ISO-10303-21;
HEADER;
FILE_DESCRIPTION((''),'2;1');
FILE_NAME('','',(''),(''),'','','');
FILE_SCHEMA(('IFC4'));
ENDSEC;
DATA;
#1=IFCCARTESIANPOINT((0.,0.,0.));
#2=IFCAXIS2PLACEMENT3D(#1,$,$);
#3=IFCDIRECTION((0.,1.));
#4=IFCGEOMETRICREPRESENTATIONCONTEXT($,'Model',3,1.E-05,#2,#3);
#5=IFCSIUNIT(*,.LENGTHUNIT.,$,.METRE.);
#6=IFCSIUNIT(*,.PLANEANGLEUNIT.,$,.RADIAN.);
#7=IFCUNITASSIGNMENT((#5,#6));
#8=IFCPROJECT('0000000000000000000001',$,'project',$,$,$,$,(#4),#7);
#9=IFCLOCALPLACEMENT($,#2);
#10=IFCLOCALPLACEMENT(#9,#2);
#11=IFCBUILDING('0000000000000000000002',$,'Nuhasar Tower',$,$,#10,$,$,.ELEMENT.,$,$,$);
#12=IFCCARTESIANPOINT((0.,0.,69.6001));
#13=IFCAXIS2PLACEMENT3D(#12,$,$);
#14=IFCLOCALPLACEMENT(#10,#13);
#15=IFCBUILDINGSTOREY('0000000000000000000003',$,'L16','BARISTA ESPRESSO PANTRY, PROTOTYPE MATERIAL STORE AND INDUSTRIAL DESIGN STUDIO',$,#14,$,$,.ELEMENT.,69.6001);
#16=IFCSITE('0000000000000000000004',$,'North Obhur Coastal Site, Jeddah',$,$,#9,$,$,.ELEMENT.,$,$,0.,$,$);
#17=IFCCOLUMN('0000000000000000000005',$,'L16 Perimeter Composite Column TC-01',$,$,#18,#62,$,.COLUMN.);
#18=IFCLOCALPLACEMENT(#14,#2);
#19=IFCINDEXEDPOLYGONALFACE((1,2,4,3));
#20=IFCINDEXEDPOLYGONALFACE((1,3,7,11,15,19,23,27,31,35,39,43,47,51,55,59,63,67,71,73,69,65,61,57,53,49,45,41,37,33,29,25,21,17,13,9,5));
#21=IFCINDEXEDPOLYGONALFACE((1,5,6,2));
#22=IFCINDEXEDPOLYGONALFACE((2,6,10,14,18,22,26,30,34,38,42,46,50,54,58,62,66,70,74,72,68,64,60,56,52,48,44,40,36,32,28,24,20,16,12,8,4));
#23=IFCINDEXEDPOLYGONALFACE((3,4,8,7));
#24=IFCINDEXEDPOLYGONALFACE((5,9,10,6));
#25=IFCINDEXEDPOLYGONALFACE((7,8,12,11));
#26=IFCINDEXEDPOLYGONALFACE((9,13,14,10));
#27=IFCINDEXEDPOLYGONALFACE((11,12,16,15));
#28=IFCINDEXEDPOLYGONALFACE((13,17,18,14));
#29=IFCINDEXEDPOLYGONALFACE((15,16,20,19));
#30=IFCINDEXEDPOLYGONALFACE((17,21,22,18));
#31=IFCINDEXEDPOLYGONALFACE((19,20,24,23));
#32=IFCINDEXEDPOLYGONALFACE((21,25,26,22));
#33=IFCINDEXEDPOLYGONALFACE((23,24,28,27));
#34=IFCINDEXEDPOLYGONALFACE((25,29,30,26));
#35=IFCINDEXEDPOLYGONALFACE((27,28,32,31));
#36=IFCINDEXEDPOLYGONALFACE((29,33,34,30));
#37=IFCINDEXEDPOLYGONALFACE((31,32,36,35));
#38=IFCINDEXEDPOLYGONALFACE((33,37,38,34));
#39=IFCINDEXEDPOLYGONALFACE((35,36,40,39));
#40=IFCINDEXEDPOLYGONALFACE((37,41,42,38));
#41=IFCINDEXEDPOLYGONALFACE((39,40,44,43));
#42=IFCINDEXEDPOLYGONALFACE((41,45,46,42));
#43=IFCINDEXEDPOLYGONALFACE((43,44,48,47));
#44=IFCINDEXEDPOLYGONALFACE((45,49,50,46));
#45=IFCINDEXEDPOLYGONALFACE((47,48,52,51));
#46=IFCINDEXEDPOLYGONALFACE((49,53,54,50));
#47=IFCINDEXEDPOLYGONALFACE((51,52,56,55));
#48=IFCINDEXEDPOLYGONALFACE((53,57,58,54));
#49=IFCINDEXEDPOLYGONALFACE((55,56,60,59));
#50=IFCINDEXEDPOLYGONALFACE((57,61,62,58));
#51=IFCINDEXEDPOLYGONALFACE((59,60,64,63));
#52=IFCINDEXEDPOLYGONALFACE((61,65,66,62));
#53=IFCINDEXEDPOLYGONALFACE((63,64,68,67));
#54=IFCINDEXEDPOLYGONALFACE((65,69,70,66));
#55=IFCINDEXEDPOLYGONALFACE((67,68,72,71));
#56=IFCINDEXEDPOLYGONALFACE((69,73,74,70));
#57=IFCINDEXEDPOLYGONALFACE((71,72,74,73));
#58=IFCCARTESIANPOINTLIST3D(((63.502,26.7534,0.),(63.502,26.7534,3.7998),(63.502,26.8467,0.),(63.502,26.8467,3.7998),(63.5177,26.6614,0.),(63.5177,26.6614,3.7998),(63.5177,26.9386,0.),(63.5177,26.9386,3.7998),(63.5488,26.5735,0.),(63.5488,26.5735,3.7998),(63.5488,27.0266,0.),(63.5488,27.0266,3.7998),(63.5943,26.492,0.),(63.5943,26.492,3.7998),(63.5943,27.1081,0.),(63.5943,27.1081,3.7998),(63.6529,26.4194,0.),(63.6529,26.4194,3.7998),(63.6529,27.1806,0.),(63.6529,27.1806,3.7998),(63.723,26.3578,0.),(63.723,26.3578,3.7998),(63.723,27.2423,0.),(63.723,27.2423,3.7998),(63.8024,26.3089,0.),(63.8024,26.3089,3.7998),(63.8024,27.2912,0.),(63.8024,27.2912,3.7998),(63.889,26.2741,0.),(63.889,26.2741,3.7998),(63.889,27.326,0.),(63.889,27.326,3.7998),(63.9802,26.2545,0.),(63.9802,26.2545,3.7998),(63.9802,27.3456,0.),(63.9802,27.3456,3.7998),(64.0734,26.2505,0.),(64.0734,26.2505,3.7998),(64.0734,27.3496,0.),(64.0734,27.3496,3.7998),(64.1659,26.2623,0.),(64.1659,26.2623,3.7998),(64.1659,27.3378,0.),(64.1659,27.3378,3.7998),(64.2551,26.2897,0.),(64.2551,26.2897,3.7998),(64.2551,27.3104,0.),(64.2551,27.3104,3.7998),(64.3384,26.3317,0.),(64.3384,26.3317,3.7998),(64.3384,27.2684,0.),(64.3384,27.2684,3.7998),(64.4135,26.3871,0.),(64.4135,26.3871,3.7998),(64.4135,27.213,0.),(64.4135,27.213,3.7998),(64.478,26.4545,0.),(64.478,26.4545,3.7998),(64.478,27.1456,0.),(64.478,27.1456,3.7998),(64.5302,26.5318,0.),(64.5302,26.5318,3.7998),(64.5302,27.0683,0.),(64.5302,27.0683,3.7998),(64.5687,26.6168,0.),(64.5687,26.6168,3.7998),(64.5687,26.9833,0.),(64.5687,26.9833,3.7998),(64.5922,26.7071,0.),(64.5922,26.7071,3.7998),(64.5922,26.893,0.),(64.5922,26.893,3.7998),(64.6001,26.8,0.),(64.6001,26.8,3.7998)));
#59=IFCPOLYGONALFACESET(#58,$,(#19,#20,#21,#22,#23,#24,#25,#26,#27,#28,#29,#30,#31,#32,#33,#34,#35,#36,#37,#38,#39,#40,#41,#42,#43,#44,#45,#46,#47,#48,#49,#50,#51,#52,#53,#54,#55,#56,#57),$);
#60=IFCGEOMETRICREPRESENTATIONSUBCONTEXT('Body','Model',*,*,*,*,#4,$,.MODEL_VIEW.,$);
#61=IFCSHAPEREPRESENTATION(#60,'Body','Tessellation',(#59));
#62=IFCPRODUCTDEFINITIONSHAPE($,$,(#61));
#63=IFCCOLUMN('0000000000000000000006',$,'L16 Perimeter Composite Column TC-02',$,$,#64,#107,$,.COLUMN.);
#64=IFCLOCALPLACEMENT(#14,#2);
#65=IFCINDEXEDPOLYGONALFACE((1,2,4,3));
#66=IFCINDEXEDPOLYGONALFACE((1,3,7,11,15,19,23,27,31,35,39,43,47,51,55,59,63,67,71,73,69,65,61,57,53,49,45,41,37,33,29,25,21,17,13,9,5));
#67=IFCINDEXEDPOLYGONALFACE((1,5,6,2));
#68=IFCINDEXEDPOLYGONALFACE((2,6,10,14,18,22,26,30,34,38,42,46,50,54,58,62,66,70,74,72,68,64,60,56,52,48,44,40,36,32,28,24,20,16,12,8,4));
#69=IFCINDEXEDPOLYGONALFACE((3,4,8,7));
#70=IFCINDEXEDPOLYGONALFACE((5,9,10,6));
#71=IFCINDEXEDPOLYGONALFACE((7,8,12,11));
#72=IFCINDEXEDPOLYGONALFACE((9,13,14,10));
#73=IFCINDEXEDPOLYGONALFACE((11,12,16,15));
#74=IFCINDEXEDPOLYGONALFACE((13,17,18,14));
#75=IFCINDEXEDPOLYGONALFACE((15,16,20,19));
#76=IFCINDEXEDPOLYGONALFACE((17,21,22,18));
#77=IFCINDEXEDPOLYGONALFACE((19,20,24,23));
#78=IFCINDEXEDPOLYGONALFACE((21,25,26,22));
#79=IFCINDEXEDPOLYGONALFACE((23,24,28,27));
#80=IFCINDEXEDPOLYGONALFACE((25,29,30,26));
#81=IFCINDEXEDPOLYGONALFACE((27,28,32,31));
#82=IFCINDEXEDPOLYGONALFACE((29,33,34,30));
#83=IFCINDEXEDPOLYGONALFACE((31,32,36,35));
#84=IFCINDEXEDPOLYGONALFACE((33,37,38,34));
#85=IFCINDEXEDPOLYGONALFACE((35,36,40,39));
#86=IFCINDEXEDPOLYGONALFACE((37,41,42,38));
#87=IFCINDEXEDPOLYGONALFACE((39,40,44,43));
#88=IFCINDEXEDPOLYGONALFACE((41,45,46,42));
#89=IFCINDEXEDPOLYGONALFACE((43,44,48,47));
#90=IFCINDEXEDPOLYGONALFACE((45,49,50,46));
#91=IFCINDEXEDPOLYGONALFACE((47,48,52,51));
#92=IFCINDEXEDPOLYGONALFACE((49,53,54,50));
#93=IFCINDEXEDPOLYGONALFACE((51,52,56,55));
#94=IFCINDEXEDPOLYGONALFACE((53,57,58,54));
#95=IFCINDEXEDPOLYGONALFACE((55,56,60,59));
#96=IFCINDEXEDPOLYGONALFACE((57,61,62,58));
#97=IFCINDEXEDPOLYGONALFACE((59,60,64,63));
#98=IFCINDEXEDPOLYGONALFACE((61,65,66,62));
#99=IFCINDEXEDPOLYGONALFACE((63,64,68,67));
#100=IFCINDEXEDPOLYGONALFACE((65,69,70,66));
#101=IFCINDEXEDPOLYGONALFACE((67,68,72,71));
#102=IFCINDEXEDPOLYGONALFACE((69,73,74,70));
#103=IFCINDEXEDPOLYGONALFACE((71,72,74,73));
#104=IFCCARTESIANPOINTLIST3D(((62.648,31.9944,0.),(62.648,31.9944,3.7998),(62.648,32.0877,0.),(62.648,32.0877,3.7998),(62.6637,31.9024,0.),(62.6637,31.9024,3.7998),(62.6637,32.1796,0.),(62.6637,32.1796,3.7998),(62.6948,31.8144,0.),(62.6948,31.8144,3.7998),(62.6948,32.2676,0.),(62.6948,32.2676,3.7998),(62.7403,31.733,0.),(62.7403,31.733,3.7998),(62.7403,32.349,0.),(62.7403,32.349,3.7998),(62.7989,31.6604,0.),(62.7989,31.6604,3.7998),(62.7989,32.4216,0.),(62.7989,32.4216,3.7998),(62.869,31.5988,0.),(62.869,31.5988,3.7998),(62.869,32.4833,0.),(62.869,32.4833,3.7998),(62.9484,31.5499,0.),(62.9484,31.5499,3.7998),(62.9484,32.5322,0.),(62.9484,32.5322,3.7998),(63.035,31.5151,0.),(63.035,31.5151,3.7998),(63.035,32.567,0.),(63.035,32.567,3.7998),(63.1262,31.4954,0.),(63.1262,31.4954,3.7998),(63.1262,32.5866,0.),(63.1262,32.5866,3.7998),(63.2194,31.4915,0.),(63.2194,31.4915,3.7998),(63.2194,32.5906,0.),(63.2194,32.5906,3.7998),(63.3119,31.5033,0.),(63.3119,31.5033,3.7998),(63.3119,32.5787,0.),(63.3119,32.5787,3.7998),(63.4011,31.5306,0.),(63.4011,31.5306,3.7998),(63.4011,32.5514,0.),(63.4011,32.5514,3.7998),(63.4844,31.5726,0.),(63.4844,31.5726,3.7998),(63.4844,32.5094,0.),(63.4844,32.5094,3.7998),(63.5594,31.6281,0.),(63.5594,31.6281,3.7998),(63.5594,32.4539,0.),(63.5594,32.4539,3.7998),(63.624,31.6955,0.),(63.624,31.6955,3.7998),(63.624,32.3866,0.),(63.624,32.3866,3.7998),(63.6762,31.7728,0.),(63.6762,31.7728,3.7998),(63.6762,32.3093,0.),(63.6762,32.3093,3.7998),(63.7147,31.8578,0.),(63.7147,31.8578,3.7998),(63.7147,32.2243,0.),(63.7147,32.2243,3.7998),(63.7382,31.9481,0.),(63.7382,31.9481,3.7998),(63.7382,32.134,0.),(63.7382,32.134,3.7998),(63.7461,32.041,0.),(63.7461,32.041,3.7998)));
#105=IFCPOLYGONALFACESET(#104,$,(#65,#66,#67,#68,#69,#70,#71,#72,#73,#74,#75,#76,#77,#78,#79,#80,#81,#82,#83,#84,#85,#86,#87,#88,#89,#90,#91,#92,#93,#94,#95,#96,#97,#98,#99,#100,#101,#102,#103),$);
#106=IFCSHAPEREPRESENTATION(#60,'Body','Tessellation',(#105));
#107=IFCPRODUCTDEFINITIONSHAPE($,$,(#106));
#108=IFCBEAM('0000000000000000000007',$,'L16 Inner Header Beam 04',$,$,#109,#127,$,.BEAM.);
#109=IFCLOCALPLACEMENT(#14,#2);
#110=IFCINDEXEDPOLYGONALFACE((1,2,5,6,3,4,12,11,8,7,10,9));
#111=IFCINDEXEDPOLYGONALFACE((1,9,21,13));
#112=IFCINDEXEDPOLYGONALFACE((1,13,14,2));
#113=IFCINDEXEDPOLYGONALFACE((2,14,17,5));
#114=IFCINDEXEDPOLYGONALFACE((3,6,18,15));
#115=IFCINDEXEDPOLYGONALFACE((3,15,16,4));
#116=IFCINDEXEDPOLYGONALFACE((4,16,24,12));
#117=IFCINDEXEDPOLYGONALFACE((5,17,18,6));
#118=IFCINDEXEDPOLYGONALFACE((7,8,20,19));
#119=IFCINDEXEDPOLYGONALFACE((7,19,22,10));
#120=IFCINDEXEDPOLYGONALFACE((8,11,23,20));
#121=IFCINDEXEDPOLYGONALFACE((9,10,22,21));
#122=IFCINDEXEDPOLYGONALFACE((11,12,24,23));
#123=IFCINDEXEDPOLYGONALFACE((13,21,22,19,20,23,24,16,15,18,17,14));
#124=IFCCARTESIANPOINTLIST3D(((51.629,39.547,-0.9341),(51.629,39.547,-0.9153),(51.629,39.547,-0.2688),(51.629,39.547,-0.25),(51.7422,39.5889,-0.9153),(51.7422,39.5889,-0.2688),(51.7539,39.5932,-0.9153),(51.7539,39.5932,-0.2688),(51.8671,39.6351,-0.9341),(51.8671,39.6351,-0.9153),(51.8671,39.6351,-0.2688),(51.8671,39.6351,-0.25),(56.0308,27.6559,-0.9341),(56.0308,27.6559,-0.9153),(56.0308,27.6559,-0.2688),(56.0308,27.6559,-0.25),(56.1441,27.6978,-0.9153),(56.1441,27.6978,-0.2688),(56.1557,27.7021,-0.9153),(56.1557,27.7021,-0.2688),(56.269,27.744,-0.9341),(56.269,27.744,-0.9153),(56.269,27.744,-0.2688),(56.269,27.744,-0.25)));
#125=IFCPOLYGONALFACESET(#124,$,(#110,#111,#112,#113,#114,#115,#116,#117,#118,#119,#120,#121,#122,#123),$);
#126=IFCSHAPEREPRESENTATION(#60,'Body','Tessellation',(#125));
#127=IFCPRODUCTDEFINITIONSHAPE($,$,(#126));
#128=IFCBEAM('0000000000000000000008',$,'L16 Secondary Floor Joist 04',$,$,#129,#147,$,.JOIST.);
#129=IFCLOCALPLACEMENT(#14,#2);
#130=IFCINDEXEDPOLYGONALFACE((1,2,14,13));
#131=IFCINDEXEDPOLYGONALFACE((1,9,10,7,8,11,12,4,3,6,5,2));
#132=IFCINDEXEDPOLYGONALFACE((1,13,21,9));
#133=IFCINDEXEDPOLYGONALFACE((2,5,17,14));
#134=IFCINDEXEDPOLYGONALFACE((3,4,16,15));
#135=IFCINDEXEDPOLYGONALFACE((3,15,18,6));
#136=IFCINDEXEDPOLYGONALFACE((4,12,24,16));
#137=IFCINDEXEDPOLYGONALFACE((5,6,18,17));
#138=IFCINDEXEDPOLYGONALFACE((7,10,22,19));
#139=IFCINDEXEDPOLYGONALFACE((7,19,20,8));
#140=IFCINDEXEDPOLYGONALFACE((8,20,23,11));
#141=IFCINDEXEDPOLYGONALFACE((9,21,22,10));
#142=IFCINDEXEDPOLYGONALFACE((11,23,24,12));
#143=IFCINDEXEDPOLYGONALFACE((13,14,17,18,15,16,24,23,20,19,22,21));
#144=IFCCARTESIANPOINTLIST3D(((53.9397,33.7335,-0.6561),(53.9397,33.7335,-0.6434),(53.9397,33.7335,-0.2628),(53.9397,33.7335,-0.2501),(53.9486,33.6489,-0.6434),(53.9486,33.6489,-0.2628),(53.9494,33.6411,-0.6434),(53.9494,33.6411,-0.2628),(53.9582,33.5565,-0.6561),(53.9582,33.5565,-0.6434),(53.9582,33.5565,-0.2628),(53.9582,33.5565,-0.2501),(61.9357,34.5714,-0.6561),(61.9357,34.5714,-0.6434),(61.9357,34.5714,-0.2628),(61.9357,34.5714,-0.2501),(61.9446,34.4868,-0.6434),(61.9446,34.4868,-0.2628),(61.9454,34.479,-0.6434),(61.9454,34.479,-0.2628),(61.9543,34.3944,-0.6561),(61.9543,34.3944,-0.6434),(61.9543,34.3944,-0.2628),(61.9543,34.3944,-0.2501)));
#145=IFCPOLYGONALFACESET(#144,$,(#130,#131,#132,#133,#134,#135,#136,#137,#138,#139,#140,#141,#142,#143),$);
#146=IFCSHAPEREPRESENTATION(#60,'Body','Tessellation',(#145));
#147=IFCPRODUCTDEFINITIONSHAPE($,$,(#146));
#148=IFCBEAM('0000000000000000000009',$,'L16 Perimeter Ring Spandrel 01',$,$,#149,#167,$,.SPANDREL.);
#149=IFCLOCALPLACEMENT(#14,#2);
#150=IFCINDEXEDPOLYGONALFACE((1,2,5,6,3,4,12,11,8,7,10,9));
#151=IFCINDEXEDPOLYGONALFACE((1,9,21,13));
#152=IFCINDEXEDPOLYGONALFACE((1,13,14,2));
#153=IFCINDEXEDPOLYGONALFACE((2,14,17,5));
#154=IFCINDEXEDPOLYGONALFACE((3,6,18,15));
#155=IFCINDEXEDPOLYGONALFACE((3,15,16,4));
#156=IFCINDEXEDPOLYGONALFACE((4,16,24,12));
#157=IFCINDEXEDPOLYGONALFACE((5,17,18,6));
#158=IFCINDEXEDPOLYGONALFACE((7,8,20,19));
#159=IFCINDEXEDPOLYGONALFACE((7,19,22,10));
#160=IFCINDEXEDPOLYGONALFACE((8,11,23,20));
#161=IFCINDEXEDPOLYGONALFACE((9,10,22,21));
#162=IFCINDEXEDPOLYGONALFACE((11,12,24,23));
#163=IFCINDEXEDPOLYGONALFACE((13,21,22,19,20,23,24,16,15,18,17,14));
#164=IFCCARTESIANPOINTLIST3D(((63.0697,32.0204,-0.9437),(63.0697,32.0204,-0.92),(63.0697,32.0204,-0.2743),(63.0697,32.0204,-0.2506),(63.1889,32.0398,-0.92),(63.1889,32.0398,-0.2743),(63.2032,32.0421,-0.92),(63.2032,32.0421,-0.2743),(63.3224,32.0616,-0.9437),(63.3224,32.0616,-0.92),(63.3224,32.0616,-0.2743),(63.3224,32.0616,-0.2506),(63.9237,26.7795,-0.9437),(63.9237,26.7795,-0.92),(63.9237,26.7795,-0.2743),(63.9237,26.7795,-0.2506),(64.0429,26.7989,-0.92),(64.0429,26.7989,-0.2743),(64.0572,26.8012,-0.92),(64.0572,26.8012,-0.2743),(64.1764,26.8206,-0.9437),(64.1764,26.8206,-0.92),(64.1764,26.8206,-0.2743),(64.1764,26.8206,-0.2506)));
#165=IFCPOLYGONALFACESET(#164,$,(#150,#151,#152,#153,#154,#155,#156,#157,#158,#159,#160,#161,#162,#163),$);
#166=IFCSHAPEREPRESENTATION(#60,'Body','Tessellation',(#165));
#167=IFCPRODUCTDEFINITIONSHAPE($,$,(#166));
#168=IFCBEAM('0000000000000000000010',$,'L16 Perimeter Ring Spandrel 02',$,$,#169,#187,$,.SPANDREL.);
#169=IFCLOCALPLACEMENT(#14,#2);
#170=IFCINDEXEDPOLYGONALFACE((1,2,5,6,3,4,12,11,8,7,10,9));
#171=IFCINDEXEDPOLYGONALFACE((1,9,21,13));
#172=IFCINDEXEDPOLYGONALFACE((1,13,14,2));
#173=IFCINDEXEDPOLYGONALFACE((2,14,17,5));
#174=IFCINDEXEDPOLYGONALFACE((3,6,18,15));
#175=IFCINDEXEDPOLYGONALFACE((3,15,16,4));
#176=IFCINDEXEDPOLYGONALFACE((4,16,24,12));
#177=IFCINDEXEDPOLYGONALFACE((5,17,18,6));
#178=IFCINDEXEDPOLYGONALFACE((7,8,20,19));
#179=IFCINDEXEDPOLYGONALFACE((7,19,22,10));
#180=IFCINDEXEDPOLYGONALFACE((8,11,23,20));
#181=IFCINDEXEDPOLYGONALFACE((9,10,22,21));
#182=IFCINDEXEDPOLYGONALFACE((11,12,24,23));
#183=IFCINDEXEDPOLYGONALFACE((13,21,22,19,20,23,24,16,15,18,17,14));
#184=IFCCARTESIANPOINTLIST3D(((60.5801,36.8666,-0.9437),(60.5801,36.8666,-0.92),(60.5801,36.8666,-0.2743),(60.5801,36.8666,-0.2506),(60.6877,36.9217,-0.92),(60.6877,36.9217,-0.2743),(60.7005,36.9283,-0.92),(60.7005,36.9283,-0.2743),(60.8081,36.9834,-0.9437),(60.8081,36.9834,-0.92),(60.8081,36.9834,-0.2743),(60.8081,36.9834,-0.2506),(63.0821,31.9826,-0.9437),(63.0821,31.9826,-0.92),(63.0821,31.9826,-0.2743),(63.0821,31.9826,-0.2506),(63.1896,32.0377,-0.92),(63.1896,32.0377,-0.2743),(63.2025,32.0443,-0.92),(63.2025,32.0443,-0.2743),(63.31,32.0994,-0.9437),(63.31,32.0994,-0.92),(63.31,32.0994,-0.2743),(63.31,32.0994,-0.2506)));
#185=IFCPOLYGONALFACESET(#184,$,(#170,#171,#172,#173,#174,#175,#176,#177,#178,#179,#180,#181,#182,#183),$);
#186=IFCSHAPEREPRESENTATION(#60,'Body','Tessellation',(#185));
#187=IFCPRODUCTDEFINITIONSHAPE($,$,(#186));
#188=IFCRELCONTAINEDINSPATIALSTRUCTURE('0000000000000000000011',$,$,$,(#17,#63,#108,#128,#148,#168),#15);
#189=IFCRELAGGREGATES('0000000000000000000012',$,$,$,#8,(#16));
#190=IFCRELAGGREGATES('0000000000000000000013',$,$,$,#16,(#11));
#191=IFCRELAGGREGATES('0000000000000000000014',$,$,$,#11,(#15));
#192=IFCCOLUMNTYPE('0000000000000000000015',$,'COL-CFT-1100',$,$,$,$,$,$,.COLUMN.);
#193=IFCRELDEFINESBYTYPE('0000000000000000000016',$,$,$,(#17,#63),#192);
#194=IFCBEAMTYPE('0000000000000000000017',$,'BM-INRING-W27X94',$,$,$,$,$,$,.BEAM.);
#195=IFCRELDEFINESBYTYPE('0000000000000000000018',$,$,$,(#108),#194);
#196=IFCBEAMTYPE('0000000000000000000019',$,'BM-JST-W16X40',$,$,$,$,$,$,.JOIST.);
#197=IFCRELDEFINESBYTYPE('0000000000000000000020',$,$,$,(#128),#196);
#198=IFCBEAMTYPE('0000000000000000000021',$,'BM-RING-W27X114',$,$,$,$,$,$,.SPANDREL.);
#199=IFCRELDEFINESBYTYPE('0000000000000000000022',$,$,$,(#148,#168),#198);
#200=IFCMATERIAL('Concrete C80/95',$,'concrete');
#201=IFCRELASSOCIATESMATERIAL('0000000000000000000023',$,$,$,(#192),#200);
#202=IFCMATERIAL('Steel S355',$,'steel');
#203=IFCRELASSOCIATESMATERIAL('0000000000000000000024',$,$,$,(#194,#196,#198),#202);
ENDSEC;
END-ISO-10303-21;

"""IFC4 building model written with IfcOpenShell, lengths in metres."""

from ifc_helpers import new_model, si_unit, direction, frame, origin, origin_2d, place, context, subcontext, project, spatial, circle, i_section, extrude, material, material_profile, profile_set, type_object, element, save


model = new_model("IFC4")

# Units and contexts
model_context = context("Model", 3, precision=1e-05, world=origin(), true_north=direction((0.0, 1.0)))
body_context = subcontext(model_context, "Body", "Model", "MODEL_VIEW")
ifc_project = project(units=[si_unit("LENGTHUNIT", "METRE"), si_unit("PLANEANGLEUNIT", "RADIAN")], contexts=[model_context])

# Site, building, storey
site_placement = place(None, origin())
site = spatial("IfcSite", under=ifc_project, at=site_placement, Name="North Obhur Coastal Site, Jeddah", CompositionType="ELEMENT", RefElevation=0.0)
building_placement = place(site_placement, origin())
building = spatial("IfcBuilding", under=site, at=building_placement, Name="Nuhasar Tower", CompositionType="ELEMENT")
storey_placement = place(building_placement, frame((0.0, 0.0, 69.6001)))
storey = spatial("IfcBuildingStorey", under=building, at=storey_placement, Name="L16", Description="BARISTA ESPRESSO PANTRY, PROTOTYPE MATERIAL STORE AND INDUSTRIAL DESIGN STUDIO", CompositionType="ELEMENT", Elevation=69.6001)

# Columns
ifc_material_1 = material(Name="Concrete C80/95", Category="concrete")
ifc_material_profile_1 = material_profile(ifc_material_1, circle(Radius=0.55, at=origin_2d()), Name="CFT1100")
ifc_profile_set_1 = profile_set([ifc_material_profile_1], Name="Concrete C80/95")
column_type = type_object("IfcColumnType", Name="COL-CFT-1100", PredefinedType="COLUMN", material=ifc_profile_set_1)
for number, where, z_axis, x_axis, name in (
    (1, (64.05, 26.8, 0.0), (0.0, 0.0, 1.0), (1.0, 0.0, 0.0), "L16 Perimeter Composite Column TC-01"),
    (2, (63.196, 32.041, 0.0), (0.0, 0.0, 1.0), (1.0, 0.0, 0.0), "L16 Perimeter Composite Column TC-02"),
):
    element("IfcColumn", number, at=place(storey_placement, frame(where, z_axis=z_axis, x_axis=x_axis)), inside=storey, type_object=column_type, Name=name, PredefinedType="COLUMN", context=body_context, shape_type="SweptSolid", body=[
        extrude(circle(Radius=0.55, at=origin_2d()), origin(), (0.0, 0.0, 1.0), 3.7998),
    ])

# Beams
ifc_material_2 = material(Name="Steel S355", Category="steel")
ifc_material_profile_2 = material_profile(ifc_material_2, i_section(OverallWidth=0.2539, OverallDepth=0.6841, WebThickness=0.0125, FlangeThickness=0.0188, at=origin_2d()), Name="W27X94")
ifc_profile_set_2 = profile_set([ifc_material_profile_2], Name="Steel S355")
beam_type_1 = type_object("IfcBeamType", Name="BM-INRING-W27X94", PredefinedType="BEAM", material=ifc_profile_set_2)
beam_1_placement = place(storey_placement, frame((56.1499, 27.7, -0.592), z_axis=(-0.347158, 0.937807, 0.0), x_axis=(-0.937807, -0.347158, 0.0)))
element("IfcBeam", 3, at=beam_1_placement, inside=storey, type_object=beam_type_1, Name="L16 Inner Header Beam 04", PredefinedType="BEAM", context=body_context, shape_type="SweptSolid", body=[
    extrude(i_section(OverallWidth=0.2539, OverallDepth=0.6841, WebThickness=0.0125, FlangeThickness=0.0188, at=origin_2d()), origin(), (0.0, 0.0, 1.0), 12.6797),
])
ifc_material_profile_3 = material_profile(ifc_material_2, i_section(OverallWidth=0.178, OverallDepth=0.406, WebThickness=0.0078, FlangeThickness=0.0127, at=origin_2d()), Name="W16X40")
ifc_profile_set_3 = profile_set([ifc_material_profile_3], Name="Steel S355")
beam_type_2 = type_object("IfcBeamType", Name="BM-JST-W16X40", PredefinedType="JOIST", material=ifc_profile_set_3)
beam_2_placement = place(storey_placement, frame((53.949, 33.645, -0.4531), z_axis=(0.994555, 0.104217, 0.0), x_axis=(-0.104217, 0.994555, 0.0)))
element("IfcBeam", 4, at=beam_2_placement, inside=storey, type_object=beam_type_2, Name="L16 Secondary Floor Joist 04", PredefinedType="JOIST", context=body_context, shape_type="SweptSolid", body=[
    extrude(i_section(OverallWidth=0.178, OverallDepth=0.406, WebThickness=0.0078, FlangeThickness=0.0127, at=origin_2d()), origin(), (0.0, 0.0, 1.0), 8.0398),
])
ifc_material_profile_4 = material_profile(ifc_material_2, i_section(OverallWidth=0.2561, OverallDepth=0.6931, WebThickness=0.0144, FlangeThickness=0.0237, at=origin_2d()), Name="W27X114")
ifc_profile_set_4 = profile_set([ifc_material_profile_4], Name="Steel S355")
beam_type_3 = type_object("IfcBeamType", Name="BM-RING-W27X114", PredefinedType="SPANDREL", material=ifc_profile_set_4)
beam_3_placement = place(storey_placement, frame((64.05, 26.8, -0.5972), z_axis=(-0.160827, 0.986983, 0.0), x_axis=(-0.986983, -0.160827, 0.0)))
element("IfcBeam", 5, at=beam_3_placement, inside=storey, type_object=beam_type_3, Name="L16 Perimeter Ring Spandrel 01", PredefinedType="SPANDREL", context=body_context, shape_type="SweptSolid", body=[
    extrude(i_section(OverallWidth=0.2561, OverallDepth=0.6931, WebThickness=0.0144, FlangeThickness=0.0237, at=origin_2d()), origin(), (0.0, 0.0, 1.0), 5.3101),
])
beam_4_placement = place(storey_placement, frame((63.196, 32.041, -0.5972), z_axis=(-0.45593, 0.890016, 0.0), x_axis=(-0.890016, -0.45593, 0.0)))
element("IfcBeam", 6, at=beam_4_placement, inside=storey, type_object=beam_type_3, Name="L16 Perimeter Ring Spandrel 02", PredefinedType="SPANDREL", context=body_context, shape_type="SweptSolid", body=[
    extrude(i_section(OverallWidth=0.2561, OverallDepth=0.6931, WebThickness=0.0144, FlangeThickness=0.0237, at=origin_2d()), origin(), (0.0, 0.0, 1.0), 5.4875),
])

save(model, "model.ifc")
